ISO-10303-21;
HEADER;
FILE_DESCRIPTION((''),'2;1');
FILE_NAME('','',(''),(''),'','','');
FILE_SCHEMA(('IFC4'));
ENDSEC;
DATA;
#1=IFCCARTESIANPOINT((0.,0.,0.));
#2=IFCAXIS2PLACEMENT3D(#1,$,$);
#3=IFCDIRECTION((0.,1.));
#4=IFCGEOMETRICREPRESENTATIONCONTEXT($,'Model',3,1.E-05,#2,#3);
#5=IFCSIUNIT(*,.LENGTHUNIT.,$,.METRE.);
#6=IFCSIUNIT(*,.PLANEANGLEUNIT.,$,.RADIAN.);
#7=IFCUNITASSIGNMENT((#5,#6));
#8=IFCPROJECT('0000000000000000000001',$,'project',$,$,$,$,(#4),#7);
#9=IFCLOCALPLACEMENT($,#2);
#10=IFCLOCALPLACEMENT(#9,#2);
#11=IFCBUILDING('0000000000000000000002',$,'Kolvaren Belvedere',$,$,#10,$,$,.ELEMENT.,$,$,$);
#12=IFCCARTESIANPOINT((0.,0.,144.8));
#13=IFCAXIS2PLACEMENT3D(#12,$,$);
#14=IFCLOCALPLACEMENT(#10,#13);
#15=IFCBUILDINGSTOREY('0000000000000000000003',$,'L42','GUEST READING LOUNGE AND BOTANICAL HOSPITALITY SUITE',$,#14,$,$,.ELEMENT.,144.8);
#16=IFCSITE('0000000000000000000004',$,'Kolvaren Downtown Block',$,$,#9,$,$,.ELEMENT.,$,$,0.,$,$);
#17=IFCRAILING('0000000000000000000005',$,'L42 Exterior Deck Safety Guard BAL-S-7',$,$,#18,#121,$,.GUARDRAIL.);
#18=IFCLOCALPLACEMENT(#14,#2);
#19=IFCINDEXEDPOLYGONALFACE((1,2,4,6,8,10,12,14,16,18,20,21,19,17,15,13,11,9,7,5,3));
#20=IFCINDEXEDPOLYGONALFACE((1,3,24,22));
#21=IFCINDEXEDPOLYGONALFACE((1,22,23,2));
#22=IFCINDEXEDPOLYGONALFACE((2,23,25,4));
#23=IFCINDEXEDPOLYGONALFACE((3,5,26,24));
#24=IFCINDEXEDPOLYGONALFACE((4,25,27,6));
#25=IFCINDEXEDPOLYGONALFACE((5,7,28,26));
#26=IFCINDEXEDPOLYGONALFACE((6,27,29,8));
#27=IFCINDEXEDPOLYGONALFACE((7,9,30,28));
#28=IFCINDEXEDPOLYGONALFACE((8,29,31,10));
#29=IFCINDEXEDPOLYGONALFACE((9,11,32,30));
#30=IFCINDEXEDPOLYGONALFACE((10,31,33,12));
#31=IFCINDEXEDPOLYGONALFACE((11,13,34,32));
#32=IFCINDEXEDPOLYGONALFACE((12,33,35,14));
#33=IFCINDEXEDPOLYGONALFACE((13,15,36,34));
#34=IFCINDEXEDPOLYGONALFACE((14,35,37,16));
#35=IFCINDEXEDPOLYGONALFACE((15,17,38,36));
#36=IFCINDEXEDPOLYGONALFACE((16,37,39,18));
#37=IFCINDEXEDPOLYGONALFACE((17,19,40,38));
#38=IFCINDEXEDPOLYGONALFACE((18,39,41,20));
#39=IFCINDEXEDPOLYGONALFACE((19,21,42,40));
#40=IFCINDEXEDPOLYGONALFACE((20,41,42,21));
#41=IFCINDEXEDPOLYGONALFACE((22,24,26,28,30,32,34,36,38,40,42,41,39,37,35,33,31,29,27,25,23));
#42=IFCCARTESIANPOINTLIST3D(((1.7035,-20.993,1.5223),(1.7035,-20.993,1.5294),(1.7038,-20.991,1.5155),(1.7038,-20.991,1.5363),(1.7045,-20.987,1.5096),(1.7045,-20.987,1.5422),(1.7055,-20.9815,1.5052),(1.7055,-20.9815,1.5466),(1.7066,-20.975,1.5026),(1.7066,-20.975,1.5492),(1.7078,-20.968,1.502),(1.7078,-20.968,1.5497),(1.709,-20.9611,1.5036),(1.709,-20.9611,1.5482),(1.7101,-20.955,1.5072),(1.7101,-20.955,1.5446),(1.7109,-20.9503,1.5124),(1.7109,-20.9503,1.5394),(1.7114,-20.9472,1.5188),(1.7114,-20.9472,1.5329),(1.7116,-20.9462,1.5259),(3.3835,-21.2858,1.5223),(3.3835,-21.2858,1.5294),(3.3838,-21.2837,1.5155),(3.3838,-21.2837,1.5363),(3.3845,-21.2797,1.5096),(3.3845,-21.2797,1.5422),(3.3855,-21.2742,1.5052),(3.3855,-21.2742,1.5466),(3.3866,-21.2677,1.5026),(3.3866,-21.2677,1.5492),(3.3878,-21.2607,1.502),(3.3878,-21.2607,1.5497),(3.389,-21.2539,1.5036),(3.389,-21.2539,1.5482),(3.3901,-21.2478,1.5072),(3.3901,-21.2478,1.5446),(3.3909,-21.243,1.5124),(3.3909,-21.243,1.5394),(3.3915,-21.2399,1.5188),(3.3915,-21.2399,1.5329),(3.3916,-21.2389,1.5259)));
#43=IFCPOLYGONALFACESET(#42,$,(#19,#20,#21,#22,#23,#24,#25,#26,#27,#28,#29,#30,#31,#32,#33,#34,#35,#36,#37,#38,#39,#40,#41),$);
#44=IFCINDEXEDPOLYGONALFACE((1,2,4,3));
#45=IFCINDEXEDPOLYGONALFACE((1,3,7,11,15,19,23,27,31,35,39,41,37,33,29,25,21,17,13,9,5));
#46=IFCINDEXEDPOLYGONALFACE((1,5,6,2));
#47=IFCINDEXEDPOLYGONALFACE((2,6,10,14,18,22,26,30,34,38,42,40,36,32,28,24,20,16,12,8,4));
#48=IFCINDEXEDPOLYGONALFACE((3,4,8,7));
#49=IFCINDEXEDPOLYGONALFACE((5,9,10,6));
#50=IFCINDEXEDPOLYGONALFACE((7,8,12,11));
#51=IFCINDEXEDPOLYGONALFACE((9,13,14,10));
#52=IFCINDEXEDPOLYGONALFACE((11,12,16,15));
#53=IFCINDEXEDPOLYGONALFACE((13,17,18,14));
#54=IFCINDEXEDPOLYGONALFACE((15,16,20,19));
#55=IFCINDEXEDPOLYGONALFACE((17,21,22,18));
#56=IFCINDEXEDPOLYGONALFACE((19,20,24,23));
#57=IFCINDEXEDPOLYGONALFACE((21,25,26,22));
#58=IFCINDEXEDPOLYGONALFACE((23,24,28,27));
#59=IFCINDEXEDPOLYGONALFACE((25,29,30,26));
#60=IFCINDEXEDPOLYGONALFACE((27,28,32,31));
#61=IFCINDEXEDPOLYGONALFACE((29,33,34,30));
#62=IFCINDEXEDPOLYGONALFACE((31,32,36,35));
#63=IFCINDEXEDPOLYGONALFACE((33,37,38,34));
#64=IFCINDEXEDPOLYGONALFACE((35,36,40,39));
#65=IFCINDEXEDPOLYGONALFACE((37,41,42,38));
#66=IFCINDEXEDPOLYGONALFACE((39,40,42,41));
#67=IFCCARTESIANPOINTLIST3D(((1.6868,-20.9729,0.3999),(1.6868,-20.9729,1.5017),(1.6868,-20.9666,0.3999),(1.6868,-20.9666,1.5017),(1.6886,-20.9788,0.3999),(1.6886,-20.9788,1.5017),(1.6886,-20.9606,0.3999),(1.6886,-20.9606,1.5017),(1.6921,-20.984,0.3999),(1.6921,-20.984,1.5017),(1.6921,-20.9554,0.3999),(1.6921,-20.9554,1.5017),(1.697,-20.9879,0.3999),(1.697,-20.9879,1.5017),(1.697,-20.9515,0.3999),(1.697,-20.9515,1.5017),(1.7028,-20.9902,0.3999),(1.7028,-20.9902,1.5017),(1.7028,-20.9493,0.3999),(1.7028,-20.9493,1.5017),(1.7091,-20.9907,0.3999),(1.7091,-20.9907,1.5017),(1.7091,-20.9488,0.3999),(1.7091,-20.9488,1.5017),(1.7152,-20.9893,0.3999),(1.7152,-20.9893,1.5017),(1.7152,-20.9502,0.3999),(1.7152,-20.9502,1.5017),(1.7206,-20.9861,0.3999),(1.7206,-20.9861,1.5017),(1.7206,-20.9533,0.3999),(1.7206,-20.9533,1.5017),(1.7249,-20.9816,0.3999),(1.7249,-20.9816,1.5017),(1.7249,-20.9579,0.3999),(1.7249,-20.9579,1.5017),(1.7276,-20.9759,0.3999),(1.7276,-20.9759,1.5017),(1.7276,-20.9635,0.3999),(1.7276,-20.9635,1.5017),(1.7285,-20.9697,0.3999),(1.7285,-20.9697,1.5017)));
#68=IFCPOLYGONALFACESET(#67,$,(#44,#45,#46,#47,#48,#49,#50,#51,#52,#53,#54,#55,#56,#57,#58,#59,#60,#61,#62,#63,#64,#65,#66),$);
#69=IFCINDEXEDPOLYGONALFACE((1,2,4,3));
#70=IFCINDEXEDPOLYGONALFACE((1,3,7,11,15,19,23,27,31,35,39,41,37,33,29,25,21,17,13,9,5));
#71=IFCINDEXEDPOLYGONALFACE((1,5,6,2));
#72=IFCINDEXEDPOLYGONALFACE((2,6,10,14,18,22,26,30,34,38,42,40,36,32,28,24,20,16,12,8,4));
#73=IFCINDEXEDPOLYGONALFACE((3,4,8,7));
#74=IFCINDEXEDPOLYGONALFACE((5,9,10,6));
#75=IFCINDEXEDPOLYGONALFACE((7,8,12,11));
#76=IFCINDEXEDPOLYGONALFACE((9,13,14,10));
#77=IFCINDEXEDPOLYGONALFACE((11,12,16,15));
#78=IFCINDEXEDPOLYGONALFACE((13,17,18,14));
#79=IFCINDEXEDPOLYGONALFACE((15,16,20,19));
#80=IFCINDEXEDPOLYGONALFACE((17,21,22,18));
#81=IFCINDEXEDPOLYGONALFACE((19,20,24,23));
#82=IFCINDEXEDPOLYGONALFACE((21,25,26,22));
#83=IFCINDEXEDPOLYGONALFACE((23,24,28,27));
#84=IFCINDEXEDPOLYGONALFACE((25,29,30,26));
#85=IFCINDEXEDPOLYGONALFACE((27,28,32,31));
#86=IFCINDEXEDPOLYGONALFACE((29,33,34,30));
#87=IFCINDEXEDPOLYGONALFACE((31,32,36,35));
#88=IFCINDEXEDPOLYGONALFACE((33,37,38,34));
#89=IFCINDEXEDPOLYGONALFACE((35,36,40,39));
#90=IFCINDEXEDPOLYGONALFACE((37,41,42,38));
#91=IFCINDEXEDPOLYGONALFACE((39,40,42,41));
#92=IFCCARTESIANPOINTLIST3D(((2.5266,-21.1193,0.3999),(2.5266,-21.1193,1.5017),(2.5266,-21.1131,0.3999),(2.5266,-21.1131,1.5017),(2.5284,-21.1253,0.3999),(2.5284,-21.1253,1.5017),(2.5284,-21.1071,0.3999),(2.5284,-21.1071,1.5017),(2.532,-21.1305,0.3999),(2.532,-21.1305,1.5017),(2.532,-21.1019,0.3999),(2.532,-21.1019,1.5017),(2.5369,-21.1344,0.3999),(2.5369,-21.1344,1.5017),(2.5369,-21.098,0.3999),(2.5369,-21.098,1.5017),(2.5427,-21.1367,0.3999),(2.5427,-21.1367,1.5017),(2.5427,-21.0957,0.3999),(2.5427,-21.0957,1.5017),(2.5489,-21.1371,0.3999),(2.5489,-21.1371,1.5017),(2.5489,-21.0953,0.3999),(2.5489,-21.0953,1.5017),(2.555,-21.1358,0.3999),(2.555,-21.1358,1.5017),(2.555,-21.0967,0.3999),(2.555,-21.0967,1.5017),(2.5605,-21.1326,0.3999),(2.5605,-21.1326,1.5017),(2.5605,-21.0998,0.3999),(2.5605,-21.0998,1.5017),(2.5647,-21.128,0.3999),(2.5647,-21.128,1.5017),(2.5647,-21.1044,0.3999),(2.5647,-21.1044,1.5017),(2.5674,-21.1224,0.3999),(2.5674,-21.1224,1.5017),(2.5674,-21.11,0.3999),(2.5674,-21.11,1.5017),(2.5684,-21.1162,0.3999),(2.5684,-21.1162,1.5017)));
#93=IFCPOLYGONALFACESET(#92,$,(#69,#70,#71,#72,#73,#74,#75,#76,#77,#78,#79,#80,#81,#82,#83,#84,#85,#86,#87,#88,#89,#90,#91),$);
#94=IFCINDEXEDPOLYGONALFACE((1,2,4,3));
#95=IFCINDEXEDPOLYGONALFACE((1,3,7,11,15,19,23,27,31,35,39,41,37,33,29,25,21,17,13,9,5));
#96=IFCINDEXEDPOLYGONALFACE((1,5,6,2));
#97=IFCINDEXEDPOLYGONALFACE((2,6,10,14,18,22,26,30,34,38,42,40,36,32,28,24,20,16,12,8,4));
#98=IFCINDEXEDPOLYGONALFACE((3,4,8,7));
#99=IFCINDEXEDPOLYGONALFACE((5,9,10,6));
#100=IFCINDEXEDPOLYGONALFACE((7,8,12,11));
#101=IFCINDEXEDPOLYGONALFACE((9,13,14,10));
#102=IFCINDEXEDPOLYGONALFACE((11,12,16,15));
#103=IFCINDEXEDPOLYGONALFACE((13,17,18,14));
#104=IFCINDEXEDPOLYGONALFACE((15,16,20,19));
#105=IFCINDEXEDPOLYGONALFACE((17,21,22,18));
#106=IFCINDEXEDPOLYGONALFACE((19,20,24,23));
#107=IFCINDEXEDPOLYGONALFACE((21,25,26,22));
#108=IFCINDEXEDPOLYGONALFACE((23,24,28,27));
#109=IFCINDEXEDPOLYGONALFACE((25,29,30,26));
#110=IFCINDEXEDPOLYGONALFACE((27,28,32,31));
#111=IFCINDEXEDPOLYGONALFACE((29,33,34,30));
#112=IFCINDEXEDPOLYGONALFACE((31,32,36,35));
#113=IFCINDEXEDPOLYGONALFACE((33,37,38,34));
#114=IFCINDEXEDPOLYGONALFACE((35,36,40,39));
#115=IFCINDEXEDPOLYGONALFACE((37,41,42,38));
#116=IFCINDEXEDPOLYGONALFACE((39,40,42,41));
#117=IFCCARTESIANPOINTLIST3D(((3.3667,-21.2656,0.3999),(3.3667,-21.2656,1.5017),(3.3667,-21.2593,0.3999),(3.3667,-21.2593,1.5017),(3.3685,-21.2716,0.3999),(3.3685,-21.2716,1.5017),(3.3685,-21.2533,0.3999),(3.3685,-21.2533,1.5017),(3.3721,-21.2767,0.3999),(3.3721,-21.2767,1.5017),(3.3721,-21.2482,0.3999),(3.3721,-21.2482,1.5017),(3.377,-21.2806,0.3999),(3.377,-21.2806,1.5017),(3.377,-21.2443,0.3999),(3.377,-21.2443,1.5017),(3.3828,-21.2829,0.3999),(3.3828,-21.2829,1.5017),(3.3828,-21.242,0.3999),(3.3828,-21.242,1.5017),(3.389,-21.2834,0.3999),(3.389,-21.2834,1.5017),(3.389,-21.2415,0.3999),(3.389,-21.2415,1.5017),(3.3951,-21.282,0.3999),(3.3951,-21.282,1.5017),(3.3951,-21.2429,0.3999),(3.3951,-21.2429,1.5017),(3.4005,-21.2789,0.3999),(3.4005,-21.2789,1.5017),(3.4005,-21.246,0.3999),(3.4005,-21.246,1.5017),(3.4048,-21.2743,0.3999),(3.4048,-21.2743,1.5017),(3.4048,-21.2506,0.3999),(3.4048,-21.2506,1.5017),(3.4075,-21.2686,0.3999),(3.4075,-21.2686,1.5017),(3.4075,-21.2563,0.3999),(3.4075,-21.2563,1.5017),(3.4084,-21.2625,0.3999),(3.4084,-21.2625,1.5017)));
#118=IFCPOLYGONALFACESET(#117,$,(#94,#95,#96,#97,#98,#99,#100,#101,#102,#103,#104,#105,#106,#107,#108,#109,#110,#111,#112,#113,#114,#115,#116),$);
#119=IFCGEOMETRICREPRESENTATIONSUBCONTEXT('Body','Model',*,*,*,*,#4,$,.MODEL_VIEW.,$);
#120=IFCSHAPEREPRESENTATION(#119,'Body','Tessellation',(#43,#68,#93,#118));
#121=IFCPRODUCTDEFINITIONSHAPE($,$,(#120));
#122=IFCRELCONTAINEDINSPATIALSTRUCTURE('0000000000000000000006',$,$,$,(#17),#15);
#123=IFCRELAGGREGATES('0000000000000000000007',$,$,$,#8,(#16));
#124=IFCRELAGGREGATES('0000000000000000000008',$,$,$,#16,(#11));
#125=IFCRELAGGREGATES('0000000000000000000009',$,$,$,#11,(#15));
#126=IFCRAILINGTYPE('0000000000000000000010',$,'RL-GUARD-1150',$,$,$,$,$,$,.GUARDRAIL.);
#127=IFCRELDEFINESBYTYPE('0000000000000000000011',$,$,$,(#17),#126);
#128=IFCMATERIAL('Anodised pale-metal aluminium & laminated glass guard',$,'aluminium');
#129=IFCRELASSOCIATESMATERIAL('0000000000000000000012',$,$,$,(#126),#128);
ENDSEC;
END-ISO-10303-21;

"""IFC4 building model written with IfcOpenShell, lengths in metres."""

from ifc_helpers import new_model, si_unit, direction, frame, origin, origin_2d, place, context, subcontext, project, spatial, circle, extrude, material, type_object, element, save


model = new_model("IFC4")

# Units and contexts
model_context = context("Model", 3, precision=1e-05, world=origin(), true_north=direction((0.0, 1.0)))
body_context = subcontext(model_context, "Body", "Model", "MODEL_VIEW")
ifc_project = project(units=[si_unit("LENGTHUNIT", "METRE"), si_unit("PLANEANGLEUNIT", "RADIAN")], contexts=[model_context])

# Site, building, storey
site_placement = place(None, origin())
site = spatial("IfcSite", under=ifc_project, at=site_placement, Name="Kolvaren Downtown Block", CompositionType="ELEMENT", RefElevation=0.0)
building_placement = place(site_placement, origin())
building = spatial("IfcBuilding", under=site, at=building_placement, Name="Kolvaren Belvedere", CompositionType="ELEMENT")
storey_placement = place(building_placement, frame((0.0, 0.0, 144.8)))
storey = spatial("IfcBuildingStorey", under=building, at=storey_placement, Name="L42", Description="GUEST READING LOUNGE AND BOTANICAL HOSPITALITY SUITE", CompositionType="ELEMENT", Elevation=144.8)

# Railing
ifc_material_1 = material(Name="Anodised pale-metal aluminium & laminated glass guard", Category="aluminium")
railing_type = type_object("IfcRailingType", Name="RL-GUARD-1150", PredefinedType="GUARDRAIL", material=ifc_material_1)
railing_1_placement = place(storey_placement, frame((1.7075, -20.9697, 0.3999)))
element("IfcRailing", 1, at=railing_1_placement, inside=storey, type_object=railing_type, Name="L42 Exterior Deck Safety Guard BAL-S-7", PredefinedType="GUARDRAIL", context=body_context, shape_type="SweptSolid", body=[
    extrude(circle(Radius=0.0239, at=origin_2d()), frame((0.0, 0.0, 1.126), z_axis=(0.985156, -0.171661, 0.0), x_axis=(0.171661, 0.985156, 0.0)), (0.0, 0.0, 1.0), 1.7053),
    extrude(circle(Radius=0.021, at=origin_2d()), origin(), (0.0, 0.0, 1.0), 1.1018),
    extrude(circle(Radius=0.021, at=origin_2d()), frame((0.8398, -0.1465, 0.0)), (0.0, 0.0, 1.0), 1.1018),
    extrude(circle(Radius=0.021, at=origin_2d()), frame((1.6799, -0.2927, 0.0)), (0.0, 0.0, 1.0), 1.1018),
])

save(model, "model.ifc")
